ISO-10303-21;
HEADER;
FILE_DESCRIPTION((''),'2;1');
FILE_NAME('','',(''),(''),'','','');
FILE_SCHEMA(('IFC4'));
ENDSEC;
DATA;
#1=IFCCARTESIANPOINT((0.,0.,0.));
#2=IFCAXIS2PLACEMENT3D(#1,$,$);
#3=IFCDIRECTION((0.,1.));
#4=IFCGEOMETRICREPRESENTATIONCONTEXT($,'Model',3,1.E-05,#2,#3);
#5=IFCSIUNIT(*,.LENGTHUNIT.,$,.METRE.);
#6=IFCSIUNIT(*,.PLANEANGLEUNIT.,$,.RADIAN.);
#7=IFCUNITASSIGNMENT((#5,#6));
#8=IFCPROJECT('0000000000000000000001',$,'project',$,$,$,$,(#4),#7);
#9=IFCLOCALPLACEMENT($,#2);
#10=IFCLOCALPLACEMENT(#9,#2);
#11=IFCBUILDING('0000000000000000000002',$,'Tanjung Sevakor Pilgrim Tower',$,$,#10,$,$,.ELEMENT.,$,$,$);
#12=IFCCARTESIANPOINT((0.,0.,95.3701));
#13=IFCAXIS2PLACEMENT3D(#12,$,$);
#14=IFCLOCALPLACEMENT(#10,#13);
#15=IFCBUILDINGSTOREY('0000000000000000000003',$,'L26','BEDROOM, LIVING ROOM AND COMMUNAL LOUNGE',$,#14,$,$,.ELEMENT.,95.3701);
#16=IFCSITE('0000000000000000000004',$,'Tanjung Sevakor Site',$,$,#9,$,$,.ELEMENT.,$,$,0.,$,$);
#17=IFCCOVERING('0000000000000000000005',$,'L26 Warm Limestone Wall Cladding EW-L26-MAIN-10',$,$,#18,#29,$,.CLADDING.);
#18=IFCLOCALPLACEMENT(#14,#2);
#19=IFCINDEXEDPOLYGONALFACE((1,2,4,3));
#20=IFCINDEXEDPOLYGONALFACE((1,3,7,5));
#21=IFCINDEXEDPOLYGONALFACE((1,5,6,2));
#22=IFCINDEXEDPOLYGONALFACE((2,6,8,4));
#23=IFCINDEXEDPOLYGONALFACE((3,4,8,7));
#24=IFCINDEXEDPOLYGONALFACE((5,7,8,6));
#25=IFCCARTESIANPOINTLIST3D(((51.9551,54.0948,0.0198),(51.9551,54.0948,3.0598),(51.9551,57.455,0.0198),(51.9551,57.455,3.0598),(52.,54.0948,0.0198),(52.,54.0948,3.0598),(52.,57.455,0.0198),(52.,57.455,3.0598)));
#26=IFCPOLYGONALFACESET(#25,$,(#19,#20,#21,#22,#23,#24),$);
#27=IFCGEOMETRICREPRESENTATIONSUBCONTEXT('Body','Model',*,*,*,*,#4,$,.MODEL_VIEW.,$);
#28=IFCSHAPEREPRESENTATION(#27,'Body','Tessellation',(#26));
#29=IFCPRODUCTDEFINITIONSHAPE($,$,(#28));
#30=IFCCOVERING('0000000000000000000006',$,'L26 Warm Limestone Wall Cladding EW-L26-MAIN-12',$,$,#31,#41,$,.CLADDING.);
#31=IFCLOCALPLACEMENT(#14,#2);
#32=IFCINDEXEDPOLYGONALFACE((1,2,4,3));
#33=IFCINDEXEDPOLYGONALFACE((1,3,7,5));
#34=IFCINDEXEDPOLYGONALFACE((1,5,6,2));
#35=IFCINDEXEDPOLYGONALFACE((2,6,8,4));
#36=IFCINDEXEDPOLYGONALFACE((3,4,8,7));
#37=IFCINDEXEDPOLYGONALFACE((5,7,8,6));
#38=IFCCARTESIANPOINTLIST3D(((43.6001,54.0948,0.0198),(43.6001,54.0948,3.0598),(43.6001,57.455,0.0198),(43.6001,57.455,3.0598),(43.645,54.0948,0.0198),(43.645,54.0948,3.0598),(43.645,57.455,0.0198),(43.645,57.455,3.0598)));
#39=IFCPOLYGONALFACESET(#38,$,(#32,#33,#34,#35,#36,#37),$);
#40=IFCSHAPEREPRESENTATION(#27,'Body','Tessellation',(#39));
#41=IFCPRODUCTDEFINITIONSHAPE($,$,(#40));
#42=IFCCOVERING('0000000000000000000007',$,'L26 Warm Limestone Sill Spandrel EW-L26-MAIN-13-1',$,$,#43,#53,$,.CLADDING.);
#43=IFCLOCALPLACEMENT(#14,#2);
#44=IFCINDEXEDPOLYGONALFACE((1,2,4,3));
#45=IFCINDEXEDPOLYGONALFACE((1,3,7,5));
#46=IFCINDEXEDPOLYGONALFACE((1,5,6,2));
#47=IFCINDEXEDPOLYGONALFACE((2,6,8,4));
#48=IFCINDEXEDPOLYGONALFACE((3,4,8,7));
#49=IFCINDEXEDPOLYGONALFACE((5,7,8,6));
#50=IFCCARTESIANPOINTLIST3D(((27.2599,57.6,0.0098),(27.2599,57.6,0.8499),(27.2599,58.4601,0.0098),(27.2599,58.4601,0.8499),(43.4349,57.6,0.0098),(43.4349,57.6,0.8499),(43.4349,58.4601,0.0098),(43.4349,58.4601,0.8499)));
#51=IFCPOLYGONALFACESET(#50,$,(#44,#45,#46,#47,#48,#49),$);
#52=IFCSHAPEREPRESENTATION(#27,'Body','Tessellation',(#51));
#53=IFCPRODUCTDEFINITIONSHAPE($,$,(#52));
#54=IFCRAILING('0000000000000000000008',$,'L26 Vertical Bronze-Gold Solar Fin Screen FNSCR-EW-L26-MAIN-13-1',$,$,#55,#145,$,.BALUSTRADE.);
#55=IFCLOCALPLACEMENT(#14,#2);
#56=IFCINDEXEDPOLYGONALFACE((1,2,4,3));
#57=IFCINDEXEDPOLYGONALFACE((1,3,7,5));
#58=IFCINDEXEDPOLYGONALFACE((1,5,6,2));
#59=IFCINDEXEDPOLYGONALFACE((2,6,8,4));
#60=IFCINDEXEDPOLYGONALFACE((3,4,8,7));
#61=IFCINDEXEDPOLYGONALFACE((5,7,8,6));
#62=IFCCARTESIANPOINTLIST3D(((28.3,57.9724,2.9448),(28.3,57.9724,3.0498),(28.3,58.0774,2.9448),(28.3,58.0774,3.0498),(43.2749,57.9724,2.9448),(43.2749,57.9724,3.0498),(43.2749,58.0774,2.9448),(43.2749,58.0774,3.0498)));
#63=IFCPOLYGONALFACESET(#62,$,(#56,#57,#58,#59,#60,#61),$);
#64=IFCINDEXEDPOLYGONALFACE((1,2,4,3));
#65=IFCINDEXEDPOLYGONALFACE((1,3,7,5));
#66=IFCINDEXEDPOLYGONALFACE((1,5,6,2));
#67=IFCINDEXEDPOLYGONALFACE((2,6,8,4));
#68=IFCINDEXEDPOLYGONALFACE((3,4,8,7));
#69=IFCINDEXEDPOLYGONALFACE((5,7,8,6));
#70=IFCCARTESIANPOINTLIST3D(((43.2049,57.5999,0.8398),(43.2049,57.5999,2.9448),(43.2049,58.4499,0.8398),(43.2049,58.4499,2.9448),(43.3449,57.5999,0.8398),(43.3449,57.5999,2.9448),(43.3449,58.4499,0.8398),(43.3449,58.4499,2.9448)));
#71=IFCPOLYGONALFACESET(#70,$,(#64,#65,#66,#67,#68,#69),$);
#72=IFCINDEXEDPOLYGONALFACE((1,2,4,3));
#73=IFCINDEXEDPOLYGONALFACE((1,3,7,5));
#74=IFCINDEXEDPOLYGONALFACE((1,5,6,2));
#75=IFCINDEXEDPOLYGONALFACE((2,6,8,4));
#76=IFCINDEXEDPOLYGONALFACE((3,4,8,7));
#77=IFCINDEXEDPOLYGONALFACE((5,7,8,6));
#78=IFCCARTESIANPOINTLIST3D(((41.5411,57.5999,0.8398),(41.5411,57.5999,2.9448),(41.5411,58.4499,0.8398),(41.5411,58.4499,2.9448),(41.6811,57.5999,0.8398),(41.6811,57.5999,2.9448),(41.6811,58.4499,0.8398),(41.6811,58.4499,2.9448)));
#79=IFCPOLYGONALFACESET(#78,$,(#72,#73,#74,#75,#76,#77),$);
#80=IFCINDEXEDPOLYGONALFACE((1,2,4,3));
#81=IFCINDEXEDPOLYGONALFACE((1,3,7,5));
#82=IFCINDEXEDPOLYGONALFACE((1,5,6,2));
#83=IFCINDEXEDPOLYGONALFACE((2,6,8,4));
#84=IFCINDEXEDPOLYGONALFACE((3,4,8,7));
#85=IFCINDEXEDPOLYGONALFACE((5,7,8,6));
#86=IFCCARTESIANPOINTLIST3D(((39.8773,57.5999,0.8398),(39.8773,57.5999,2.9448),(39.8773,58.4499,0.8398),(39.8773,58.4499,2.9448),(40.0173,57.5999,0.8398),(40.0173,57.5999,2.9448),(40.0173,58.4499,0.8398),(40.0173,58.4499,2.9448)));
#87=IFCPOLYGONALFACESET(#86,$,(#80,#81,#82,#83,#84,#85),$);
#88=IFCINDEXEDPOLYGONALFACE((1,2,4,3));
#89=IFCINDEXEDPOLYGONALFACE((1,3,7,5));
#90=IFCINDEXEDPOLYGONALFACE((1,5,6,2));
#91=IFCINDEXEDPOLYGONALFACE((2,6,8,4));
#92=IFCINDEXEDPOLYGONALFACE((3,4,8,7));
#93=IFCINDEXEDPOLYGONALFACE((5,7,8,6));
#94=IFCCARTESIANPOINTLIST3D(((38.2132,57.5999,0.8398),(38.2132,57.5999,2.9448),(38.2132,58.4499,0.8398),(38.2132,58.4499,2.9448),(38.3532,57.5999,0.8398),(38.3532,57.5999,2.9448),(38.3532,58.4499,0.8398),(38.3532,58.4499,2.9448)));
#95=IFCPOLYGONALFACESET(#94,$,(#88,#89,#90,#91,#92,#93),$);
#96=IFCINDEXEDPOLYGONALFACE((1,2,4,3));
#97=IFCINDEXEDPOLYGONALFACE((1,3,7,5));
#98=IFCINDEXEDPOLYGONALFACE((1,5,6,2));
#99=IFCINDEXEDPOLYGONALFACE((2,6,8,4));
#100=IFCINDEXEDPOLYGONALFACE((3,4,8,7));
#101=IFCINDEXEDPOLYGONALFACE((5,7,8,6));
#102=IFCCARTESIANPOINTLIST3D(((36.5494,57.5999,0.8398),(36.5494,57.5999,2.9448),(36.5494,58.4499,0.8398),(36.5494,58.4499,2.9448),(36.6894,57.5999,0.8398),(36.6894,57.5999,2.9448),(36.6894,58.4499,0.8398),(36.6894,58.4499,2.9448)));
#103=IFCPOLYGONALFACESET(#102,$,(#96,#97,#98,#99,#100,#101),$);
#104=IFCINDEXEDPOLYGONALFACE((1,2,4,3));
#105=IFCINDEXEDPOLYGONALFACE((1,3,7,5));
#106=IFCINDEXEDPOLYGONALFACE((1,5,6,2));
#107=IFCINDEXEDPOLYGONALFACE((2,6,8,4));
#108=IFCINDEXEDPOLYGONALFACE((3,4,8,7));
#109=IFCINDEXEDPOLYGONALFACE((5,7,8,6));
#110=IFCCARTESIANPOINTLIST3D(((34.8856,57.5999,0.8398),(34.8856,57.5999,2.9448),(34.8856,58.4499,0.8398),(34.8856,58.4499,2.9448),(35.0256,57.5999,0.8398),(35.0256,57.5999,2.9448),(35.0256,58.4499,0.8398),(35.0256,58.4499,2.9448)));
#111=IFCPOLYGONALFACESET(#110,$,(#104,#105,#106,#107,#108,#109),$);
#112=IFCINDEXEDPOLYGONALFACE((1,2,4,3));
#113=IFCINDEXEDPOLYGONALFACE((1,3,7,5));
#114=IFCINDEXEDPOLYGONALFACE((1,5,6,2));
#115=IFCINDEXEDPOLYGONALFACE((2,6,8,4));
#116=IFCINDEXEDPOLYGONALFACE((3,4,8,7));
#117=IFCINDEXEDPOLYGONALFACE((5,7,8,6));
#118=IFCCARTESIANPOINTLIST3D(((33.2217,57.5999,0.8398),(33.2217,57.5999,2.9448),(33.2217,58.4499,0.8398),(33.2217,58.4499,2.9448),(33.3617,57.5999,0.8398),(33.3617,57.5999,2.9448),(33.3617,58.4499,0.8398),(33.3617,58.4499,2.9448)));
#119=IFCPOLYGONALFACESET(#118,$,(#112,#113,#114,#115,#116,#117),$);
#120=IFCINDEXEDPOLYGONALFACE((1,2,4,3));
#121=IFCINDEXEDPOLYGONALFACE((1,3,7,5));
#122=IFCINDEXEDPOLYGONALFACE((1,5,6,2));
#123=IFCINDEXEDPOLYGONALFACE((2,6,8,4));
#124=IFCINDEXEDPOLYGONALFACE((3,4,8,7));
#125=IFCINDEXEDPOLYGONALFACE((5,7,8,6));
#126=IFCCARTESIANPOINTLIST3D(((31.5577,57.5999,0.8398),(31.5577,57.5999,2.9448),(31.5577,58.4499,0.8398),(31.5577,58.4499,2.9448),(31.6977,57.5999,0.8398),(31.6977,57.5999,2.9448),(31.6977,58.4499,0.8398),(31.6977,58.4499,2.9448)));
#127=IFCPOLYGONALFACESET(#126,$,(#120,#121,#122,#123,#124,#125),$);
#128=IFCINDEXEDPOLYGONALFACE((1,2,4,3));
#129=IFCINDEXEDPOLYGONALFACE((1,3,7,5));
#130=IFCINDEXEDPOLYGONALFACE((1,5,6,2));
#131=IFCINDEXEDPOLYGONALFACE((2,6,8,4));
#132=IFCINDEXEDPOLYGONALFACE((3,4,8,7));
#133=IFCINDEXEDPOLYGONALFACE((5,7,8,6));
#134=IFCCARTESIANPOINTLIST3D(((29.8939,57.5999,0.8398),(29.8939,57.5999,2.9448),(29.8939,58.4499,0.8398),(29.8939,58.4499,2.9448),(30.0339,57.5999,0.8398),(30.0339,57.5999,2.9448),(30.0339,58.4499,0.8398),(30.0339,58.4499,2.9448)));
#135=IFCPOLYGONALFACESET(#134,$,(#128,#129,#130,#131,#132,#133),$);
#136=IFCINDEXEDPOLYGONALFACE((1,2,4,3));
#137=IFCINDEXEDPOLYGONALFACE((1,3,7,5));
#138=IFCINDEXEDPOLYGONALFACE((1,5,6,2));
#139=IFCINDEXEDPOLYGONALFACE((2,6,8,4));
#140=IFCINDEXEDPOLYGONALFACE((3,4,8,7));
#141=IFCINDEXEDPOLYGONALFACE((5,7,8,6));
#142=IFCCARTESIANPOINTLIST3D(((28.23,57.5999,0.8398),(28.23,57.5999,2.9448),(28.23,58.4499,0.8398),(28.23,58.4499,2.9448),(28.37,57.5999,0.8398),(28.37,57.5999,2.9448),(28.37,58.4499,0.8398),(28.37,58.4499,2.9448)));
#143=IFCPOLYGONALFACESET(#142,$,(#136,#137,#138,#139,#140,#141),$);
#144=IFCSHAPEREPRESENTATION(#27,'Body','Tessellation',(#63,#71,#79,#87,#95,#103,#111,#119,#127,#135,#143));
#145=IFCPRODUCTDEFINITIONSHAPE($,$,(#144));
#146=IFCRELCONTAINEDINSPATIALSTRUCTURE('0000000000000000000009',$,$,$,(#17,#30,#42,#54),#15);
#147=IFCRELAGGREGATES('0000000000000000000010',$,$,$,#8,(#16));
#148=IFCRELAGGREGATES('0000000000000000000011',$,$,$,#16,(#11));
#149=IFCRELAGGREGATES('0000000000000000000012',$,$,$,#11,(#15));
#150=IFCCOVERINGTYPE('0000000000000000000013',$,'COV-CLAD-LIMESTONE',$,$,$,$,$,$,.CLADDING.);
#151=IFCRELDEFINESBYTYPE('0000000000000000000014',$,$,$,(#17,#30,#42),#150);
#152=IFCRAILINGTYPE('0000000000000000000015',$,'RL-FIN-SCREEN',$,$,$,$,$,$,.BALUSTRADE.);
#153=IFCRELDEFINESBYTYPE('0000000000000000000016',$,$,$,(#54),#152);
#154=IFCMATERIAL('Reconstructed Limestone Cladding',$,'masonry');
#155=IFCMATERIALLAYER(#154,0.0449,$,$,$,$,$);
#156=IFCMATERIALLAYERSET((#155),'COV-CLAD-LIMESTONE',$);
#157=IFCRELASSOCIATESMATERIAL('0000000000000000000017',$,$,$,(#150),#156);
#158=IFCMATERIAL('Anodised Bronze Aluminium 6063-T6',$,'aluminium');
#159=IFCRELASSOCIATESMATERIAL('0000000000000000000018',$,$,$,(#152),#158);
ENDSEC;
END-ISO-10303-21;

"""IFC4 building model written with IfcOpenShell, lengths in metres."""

from ifc_helpers import new_model, si_unit, direction, frame, origin, origin_2d, place, context, subcontext, project, spatial, rectangle, extrude, material, layer, layer_set, type_object, element, save


model = new_model("IFC4")

# Units and contexts
model_context = context("Model", 3, precision=1e-05, world=origin(), true_north=direction((0.0, 1.0)))
body_context = subcontext(model_context, "Body", "Model", "MODEL_VIEW")
ifc_project = project(units=[si_unit("LENGTHUNIT", "METRE"), si_unit("PLANEANGLEUNIT", "RADIAN")], contexts=[model_context])

# Site, building, storey
site_placement = place(None, origin())
site = spatial("IfcSite", under=ifc_project, at=site_placement, Name="Tanjung Sevakor Site", CompositionType="ELEMENT", RefElevation=0.0)
building_placement = place(site_placement, origin())
building = spatial("IfcBuilding", under=site, at=building_placement, Name="Tanjung Sevakor Pilgrim Tower", CompositionType="ELEMENT")
storey_placement = place(building_placement, frame((0.0, 0.0, 95.3701)))
storey = spatial("IfcBuildingStorey", under=building, at=storey_placement, Name="L26", Description="BEDROOM, LIVING ROOM AND COMMUNAL LOUNGE", CompositionType="ELEMENT", Elevation=95.3701)

# Coverings
ifc_material_1 = material(Name="Reconstructed Limestone Cladding", Category="masonry")
ifc_layer_1 = layer(ifc_material_1, 0.0449)
ifc_layer_set_1 = layer_set([ifc_layer_1], Name="COV-CLAD-LIMESTONE")
covering_type = type_object("IfcCoveringType", Name="COV-CLAD-LIMESTONE", PredefinedType="CLADDING", material=ifc_layer_set_1)
for number, where, z_axis, x_axis, name in (
    (1, (51.9775, 55.7749, 0.0198), (0.0, 0.0, 1.0), (0.0, -1.0, 0.0), "L26 Warm Limestone Wall Cladding EW-L26-MAIN-10"),
    (2, (43.6226, 55.7749, 0.0198), (0.0, 0.0, 1.0), (0.0, 1.0, 0.0), "L26 Warm Limestone Wall Cladding EW-L26-MAIN-12"),
):
    element("IfcCovering", number, at=place(storey_placement, frame(where, z_axis=z_axis, x_axis=x_axis)), inside=storey, type_object=covering_type, Name=name, PredefinedType="CLADDING", context=body_context, shape_type="SweptSolid", body=[
        extrude(rectangle(XDim=3.3601, YDim=0.0449, at=origin_2d()), origin(), (0.0, 0.0, 1.0), 3.04),
    ])
covering_placement = place(storey_placement, frame((35.3474, 58.03, 0.0098), z_axis=(0.0, 0.0, 1.0), x_axis=(-1.0, 0.0, 0.0)))
element("IfcCovering", 3, at=covering_placement, inside=storey, type_object=covering_type, Name="L26 Warm Limestone Sill Spandrel EW-L26-MAIN-13-1", PredefinedType="CLADDING", context=body_context, shape_type="SweptSolid", body=[
    extrude(rectangle(XDim=16.175, YDim=0.8601, at=origin_2d()), origin(), (0.0, 0.0, 1.0), 0.8401),
])

# Railing
ifc_material_2 = material(Name="Anodised Bronze Aluminium 6063-T6", Category="aluminium")
railing_type = type_object("IfcRailingType", Name="RL-FIN-SCREEN", PredefinedType="BALUSTRADE", material=ifc_material_2)
railing_placement = place(storey_placement, frame((43.2749, 58.0249, 0.8398)))
element("IfcRailing", 4, at=railing_placement, inside=storey, type_object=railing_type, Name="L26 Vertical Bronze-Gold Solar Fin Screen FNSCR-EW-L26-MAIN-13-1", PredefinedType="BALUSTRADE", context=body_context, shape_type="SweptSolid", body=[
    extrude(rectangle(XDim=0.105, YDim=0.105), frame((0.0, 0.0, 2.1575), z_axis=(-1.0, 0.0, 0.0), x_axis=(0.0, -1.0, 0.0)), (0.0, 0.0, 1.0), 14.9749),
    extrude(rectangle(XDim=0.14, YDim=0.85), origin(), (0.0, 0.0, 1.0), 2.105),
    extrude(rectangle(XDim=0.14, YDim=0.85), frame((-1.6638, 0.0, 0.0)), (0.0, 0.0, 1.0), 2.105),
    extrude(rectangle(XDim=0.14, YDim=0.85), frame((-3.3276, 0.0, 0.0)), (0.0, 0.0, 1.0), 2.105),
    extrude(rectangle(XDim=0.14, YDim=0.85), frame((-4.9917, 0.0, 0.0)), (0.0, 0.0, 1.0), 2.105),
    extrude(rectangle(XDim=0.14, YDim=0.85), frame((-6.6555, 0.0, 0.0)), (0.0, 0.0, 1.0), 2.105),
    extrude(rectangle(XDim=0.14, YDim=0.85), frame((-8.3193, 0.0, 0.0)), (0.0, 0.0, 1.0), 2.105),
    extrude(rectangle(XDim=0.14, YDim=0.85), frame((-9.9832, 0.0, 0.0)), (0.0, 0.0, 1.0), 2.105),
    extrude(rectangle(XDim=0.14, YDim=0.85), frame((-11.6472, 0.0, 0.0)), (0.0, 0.0, 1.0), 2.105),
    extrude(rectangle(XDim=0.14, YDim=0.85), frame((-13.311, 0.0, 0.0)), (0.0, 0.0, 1.0), 2.105),
    extrude(rectangle(XDim=0.14, YDim=0.85), frame((-14.9749, 0.0, 0.0)), (0.0, 0.0, 1.0), 2.105),
])

save(model, "model.ifc")
